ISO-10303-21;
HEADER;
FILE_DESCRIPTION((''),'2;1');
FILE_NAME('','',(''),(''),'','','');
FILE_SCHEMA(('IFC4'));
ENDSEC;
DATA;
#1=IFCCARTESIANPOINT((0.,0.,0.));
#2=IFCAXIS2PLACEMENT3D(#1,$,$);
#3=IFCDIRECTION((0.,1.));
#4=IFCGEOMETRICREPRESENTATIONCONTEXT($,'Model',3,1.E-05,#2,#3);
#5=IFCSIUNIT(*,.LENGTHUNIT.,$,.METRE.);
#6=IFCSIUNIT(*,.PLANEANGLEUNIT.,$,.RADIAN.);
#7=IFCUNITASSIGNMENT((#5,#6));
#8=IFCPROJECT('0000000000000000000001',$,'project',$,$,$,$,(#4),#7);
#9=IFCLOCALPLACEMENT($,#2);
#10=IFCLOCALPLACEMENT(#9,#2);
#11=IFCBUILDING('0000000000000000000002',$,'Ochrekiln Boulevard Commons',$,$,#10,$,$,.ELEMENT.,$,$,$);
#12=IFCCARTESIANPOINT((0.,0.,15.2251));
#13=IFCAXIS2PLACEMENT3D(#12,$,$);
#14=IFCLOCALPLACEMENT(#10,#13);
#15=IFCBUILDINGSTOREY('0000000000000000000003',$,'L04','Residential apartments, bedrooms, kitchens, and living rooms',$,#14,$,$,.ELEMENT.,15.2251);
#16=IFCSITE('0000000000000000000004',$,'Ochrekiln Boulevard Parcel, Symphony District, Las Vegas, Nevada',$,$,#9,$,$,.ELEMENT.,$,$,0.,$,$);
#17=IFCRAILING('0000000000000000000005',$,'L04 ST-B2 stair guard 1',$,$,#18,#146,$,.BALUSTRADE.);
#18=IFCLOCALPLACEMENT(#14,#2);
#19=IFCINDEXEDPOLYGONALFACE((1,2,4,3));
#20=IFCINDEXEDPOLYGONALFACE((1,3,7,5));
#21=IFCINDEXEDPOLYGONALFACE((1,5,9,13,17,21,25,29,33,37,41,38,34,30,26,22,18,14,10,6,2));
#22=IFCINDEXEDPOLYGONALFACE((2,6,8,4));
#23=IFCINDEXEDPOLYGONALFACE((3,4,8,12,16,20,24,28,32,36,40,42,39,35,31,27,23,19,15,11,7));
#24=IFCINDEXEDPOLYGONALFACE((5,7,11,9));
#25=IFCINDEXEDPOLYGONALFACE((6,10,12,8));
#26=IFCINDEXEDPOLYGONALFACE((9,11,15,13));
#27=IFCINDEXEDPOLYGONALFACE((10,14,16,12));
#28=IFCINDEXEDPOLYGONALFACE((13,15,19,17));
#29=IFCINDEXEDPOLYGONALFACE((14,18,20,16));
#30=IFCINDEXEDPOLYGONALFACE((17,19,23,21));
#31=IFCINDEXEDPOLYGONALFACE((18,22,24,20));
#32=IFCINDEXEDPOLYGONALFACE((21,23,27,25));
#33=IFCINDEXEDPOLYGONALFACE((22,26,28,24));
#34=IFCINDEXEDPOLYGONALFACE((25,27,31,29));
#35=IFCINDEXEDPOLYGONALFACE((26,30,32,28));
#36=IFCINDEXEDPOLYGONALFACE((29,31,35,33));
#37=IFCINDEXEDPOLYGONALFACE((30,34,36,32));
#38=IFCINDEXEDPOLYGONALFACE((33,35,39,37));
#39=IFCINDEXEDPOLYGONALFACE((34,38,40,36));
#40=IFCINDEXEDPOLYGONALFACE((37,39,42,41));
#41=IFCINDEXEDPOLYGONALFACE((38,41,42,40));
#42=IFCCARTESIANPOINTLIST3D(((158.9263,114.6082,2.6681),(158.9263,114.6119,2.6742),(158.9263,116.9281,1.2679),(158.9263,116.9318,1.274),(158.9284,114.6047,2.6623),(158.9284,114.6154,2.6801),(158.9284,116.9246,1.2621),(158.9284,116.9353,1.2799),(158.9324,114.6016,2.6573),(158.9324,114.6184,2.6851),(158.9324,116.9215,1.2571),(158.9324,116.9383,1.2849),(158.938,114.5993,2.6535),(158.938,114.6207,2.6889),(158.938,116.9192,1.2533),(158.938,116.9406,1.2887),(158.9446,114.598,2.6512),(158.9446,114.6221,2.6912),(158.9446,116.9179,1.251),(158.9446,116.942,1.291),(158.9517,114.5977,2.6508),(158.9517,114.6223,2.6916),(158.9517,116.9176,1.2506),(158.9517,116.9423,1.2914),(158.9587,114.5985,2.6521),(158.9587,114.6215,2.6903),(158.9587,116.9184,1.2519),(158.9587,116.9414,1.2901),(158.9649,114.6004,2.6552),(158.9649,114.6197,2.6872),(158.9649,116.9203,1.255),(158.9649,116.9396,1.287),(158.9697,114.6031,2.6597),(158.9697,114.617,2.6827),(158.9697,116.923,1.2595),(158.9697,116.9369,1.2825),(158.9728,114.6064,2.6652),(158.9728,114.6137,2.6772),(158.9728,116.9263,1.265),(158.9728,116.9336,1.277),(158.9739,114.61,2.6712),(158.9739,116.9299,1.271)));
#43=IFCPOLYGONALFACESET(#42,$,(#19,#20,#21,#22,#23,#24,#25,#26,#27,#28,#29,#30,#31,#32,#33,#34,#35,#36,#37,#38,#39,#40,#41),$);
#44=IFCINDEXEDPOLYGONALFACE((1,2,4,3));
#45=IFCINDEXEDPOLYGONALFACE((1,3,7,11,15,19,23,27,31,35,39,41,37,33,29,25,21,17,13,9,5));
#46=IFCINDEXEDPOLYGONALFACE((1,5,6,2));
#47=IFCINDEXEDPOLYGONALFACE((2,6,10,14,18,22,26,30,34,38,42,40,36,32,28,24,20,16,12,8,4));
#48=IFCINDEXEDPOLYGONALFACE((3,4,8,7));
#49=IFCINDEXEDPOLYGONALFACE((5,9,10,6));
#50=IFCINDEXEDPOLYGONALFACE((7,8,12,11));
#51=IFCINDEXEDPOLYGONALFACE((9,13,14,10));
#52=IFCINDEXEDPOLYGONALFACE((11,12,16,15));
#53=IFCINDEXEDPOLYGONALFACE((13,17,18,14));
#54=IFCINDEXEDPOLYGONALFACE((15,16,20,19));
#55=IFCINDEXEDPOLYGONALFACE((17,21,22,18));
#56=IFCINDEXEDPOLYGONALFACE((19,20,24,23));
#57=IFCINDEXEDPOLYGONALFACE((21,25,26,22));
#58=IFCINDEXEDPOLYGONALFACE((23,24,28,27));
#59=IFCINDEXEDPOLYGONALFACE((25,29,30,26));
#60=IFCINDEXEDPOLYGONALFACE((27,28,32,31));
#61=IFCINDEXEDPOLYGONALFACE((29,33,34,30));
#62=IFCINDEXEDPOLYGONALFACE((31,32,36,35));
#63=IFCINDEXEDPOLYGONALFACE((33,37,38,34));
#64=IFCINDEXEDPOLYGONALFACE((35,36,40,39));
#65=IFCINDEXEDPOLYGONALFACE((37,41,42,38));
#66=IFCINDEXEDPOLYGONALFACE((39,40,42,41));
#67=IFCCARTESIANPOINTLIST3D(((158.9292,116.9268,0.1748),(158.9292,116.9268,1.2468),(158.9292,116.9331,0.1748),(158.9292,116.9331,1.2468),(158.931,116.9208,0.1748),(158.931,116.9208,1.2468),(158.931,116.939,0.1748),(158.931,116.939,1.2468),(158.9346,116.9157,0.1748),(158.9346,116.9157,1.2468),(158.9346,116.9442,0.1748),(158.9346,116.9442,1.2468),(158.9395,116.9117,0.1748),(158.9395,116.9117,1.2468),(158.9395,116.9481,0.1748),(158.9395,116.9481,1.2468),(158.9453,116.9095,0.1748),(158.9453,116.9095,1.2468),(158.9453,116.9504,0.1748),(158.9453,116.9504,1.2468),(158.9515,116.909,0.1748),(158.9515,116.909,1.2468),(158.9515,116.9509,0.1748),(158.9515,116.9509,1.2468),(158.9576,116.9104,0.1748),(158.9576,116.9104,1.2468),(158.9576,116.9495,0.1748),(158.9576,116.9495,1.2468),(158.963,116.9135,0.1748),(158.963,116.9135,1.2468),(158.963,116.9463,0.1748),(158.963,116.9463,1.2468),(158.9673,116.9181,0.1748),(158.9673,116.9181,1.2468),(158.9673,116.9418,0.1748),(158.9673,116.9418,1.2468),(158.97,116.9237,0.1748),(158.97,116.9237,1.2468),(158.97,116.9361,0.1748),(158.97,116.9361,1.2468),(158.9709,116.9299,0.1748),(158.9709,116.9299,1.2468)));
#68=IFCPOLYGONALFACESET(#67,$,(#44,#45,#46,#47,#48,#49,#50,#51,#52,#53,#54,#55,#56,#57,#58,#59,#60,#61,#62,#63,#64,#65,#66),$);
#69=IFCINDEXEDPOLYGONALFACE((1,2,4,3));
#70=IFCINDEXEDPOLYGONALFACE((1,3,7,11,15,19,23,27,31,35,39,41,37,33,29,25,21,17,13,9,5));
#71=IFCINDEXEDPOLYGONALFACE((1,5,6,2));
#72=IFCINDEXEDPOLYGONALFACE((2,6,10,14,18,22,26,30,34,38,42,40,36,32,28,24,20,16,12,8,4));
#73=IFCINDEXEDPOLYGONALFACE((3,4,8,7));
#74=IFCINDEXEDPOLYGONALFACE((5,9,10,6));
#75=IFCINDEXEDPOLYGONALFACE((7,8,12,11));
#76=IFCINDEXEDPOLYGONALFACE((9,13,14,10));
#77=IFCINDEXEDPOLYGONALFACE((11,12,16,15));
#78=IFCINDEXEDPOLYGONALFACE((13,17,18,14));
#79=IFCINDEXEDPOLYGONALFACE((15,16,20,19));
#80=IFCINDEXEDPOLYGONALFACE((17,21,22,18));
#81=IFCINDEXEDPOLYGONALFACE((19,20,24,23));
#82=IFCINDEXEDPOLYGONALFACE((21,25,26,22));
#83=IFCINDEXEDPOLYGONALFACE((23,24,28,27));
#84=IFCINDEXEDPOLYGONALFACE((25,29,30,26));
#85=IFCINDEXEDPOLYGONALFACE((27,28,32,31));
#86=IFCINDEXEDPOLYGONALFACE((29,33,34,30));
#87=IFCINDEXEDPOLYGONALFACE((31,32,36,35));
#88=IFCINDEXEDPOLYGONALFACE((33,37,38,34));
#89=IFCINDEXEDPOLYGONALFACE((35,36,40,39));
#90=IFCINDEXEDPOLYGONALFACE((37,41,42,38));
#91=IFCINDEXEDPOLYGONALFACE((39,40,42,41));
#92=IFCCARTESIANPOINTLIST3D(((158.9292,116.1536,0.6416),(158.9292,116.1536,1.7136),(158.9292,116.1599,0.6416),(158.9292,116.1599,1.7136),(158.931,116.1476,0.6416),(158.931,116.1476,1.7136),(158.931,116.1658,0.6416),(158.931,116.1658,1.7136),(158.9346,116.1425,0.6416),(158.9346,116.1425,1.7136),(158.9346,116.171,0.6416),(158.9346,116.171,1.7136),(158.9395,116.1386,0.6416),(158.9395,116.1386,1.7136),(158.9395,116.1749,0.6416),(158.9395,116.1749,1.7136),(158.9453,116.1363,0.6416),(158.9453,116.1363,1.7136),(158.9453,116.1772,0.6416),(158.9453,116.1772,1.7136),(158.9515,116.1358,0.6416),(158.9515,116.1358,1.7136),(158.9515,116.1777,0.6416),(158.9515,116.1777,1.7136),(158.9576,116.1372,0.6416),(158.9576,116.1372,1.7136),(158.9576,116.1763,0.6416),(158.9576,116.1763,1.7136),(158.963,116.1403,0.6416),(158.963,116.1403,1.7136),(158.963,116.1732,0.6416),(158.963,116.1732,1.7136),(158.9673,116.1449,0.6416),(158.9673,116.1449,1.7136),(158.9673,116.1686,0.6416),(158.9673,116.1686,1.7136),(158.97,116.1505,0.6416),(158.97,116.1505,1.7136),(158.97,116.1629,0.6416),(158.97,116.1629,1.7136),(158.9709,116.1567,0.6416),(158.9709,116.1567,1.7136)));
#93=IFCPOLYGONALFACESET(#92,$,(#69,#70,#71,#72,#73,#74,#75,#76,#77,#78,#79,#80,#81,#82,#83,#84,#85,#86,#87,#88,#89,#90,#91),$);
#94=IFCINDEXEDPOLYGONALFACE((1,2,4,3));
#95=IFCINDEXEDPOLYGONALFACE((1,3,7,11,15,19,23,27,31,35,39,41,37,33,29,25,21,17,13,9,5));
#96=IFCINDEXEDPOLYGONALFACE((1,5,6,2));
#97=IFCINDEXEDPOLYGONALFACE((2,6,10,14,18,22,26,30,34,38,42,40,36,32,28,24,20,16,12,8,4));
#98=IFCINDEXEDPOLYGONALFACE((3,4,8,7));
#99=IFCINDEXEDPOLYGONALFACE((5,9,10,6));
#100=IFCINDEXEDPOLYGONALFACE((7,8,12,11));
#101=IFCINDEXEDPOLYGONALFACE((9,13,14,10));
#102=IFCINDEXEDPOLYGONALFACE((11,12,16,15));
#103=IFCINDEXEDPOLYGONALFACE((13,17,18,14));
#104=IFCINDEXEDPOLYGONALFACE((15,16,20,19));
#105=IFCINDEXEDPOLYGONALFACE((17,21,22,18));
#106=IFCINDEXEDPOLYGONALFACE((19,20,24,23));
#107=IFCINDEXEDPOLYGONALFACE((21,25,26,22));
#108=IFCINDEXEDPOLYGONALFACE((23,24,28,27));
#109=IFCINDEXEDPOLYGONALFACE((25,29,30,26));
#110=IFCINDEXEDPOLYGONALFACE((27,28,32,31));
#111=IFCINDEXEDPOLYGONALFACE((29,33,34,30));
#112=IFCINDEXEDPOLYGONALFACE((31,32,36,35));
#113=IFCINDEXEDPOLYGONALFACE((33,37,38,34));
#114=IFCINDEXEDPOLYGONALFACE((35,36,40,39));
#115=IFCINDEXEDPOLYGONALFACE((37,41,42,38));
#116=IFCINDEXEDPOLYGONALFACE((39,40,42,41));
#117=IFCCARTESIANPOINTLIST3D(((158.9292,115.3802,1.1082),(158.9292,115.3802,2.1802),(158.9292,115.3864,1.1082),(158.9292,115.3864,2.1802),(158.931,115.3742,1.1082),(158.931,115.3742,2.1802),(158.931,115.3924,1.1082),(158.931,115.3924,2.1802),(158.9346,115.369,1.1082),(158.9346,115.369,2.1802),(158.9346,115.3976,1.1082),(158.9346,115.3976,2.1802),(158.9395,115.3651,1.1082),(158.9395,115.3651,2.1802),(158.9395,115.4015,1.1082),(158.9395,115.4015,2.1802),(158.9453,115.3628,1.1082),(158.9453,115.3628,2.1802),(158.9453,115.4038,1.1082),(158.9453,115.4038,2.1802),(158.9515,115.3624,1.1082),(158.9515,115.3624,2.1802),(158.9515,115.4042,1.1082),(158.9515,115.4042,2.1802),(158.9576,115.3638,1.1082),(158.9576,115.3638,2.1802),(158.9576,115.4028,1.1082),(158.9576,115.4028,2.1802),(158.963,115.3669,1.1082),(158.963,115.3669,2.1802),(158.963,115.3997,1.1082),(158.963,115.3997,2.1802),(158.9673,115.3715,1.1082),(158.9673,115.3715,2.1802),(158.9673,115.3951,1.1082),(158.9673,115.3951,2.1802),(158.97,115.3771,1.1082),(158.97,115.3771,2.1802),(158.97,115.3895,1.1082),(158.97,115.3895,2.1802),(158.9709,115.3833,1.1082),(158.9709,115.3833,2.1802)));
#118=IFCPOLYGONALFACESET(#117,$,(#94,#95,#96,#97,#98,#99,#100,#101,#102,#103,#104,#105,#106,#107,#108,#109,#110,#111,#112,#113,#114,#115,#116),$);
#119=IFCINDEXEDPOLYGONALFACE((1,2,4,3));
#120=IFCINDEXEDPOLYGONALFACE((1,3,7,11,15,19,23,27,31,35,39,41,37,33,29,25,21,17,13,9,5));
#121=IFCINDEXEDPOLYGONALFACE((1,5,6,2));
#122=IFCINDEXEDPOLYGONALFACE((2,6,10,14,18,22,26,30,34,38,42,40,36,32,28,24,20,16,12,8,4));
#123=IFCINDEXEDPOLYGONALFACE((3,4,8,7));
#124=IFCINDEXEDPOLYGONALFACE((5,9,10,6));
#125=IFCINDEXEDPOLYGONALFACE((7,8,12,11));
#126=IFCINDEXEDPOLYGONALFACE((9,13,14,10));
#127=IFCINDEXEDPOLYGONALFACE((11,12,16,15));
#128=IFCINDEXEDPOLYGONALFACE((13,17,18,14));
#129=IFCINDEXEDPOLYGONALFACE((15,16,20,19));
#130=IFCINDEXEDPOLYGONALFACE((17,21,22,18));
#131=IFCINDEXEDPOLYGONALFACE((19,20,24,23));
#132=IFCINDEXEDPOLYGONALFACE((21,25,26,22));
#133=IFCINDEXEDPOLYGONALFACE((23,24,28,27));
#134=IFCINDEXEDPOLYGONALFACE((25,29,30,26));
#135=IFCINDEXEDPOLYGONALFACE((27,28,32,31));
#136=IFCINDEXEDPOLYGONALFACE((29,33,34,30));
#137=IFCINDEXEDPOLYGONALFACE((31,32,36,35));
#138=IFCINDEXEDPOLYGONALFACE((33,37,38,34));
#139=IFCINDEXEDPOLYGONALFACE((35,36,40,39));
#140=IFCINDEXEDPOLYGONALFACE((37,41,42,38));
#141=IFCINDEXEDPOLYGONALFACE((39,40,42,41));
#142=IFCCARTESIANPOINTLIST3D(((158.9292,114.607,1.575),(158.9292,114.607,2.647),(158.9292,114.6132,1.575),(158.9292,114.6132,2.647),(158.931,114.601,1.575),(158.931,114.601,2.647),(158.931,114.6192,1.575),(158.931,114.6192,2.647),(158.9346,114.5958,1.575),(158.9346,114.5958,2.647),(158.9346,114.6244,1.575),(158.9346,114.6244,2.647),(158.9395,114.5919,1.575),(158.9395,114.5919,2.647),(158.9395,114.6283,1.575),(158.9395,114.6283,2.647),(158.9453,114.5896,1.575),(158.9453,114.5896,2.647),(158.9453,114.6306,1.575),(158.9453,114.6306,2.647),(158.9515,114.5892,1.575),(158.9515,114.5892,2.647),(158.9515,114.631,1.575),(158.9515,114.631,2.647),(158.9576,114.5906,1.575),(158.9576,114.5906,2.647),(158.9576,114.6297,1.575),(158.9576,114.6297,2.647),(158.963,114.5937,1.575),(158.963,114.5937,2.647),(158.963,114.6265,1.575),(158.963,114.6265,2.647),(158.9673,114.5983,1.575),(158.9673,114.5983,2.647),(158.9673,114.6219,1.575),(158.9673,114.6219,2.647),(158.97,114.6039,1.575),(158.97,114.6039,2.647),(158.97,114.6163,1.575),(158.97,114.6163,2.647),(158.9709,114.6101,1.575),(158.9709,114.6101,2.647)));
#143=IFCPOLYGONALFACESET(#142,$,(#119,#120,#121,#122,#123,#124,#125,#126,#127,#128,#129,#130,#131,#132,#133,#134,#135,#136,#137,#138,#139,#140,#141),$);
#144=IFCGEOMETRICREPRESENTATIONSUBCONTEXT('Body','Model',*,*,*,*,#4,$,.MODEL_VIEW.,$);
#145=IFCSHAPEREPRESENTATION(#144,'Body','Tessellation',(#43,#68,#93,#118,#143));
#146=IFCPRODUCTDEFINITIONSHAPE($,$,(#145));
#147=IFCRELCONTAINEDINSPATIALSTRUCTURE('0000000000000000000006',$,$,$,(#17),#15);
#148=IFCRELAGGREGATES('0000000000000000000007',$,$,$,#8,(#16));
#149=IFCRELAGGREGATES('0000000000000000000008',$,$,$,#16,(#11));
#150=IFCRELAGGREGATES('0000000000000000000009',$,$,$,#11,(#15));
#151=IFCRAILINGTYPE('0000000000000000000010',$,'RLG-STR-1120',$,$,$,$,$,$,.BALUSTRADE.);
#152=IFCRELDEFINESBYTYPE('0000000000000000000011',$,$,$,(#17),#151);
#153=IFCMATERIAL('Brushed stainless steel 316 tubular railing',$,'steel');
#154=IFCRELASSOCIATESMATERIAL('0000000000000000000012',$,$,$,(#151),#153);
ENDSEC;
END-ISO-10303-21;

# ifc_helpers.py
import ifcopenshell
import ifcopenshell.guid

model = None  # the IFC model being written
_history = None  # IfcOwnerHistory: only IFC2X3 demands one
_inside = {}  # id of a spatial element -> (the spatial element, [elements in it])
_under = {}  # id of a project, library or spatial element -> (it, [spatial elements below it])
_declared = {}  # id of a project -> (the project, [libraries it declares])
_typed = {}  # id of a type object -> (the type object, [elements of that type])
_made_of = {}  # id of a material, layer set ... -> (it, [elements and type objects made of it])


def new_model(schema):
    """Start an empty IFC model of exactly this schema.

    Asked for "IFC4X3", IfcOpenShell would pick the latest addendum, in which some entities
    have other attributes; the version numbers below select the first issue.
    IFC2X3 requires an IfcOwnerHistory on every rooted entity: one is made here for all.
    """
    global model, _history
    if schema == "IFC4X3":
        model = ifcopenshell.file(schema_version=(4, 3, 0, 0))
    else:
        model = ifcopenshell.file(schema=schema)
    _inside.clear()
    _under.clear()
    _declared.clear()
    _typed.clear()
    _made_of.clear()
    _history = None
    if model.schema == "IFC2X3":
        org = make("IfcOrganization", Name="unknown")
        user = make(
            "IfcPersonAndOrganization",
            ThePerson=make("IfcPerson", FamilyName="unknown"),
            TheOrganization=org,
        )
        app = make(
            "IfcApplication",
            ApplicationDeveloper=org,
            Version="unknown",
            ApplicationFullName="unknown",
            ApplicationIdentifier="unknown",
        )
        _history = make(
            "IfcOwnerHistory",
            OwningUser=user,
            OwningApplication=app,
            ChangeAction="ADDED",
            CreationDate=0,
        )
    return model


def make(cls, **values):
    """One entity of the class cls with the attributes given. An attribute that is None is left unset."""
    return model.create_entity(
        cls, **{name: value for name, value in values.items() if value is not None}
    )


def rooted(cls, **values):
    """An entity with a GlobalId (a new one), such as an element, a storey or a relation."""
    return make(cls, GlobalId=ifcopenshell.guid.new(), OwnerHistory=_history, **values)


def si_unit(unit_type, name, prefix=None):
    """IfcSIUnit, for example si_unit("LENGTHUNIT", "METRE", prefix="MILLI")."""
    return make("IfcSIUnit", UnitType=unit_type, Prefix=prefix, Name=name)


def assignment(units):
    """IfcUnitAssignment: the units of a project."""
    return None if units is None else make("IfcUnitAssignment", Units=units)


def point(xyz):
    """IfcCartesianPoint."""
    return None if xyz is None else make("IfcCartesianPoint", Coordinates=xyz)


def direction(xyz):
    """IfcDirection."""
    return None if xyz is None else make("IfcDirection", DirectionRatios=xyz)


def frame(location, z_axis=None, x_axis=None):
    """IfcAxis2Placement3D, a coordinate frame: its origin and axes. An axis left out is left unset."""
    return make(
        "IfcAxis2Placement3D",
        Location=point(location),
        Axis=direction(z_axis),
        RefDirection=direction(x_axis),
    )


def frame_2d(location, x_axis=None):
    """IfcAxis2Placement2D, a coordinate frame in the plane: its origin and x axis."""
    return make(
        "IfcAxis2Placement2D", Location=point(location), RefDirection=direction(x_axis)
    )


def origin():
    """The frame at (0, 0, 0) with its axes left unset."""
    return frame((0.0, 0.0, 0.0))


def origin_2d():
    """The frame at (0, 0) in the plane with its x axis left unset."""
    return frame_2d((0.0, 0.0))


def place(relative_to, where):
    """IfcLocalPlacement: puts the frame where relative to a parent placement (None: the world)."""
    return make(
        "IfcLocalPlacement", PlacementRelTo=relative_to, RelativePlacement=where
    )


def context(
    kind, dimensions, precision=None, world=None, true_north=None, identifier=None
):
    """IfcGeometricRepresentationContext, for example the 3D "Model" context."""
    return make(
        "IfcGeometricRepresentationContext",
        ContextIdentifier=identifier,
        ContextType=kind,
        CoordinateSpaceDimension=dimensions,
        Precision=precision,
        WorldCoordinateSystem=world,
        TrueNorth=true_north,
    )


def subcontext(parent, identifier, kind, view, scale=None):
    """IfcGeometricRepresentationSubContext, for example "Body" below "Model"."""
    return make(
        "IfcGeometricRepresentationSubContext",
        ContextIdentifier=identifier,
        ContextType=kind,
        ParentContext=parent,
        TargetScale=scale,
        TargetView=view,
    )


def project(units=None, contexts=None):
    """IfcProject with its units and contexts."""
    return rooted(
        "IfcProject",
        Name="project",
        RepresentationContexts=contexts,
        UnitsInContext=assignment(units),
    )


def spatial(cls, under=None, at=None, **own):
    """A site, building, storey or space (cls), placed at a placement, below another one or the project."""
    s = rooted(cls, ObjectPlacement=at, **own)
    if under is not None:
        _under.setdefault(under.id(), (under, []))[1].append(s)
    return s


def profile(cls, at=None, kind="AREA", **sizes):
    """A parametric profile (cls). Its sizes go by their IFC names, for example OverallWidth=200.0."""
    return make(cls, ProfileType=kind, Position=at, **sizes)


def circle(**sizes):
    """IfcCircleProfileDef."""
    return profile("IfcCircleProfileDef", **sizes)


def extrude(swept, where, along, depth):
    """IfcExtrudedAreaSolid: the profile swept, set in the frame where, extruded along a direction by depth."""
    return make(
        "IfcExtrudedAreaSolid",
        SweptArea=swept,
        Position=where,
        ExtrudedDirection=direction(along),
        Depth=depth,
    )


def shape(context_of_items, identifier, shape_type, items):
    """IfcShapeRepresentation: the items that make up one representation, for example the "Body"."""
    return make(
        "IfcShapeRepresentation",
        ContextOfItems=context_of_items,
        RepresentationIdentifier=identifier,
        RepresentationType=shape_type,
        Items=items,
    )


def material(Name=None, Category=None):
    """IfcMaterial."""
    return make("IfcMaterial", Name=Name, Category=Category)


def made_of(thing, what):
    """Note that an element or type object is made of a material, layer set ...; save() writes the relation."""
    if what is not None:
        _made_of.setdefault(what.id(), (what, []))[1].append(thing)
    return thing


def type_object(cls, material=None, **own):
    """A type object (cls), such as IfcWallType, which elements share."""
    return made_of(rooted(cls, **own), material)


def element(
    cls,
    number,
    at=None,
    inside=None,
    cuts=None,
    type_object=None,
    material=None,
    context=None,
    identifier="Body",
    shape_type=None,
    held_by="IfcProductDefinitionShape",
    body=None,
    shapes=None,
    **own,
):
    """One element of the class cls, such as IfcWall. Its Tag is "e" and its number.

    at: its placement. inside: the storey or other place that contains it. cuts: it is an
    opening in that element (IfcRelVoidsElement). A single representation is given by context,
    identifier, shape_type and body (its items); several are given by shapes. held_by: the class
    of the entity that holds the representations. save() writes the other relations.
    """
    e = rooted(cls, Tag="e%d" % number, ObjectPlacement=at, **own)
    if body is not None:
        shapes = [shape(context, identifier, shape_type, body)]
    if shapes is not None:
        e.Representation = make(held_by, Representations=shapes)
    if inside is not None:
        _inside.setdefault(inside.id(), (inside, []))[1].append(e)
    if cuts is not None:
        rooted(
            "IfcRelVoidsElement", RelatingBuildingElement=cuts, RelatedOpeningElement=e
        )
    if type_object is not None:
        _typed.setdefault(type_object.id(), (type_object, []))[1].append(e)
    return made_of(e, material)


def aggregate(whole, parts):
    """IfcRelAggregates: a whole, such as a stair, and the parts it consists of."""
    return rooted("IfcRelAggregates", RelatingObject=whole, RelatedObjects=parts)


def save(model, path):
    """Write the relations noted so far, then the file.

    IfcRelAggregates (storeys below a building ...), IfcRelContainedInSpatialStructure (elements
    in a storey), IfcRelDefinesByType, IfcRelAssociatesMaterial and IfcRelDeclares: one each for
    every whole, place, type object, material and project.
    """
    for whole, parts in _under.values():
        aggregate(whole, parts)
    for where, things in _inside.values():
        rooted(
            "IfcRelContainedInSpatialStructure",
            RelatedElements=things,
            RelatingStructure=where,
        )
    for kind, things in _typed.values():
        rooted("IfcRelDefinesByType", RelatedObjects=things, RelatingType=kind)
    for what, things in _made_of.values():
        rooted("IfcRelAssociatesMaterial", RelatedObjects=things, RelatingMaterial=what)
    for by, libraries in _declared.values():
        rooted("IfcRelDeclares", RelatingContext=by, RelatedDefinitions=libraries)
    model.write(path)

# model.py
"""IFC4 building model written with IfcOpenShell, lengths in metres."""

from ifc_helpers import new_model, si_unit, direction, frame, origin, origin_2d, place, context, subcontext, project, spatial, circle, extrude, material, type_object, element, save


model = new_model("IFC4")

# Units and contexts
model_context = context("Model", 3, precision=1e-05, world=origin(), true_north=direction((0.0, 1.0)))
body_context = subcontext(model_context, "Body", "Model", "MODEL_VIEW")
ifc_project = project(units=[si_unit("LENGTHUNIT", "METRE"), si_unit("PLANEANGLEUNIT", "RADIAN")], contexts=[model_context])

# Site, building, storey
site_placement = place(None, origin())
site = spatial("IfcSite", under=ifc_project, at=site_placement, Name="Ochrekiln Boulevard Parcel, Symphony District, Las Vegas, Nevada", CompositionType="ELEMENT", RefElevation=0.0)
building_placement = place(site_placement, origin())
building = spatial("IfcBuilding", under=site, at=building_placement, Name="Ochrekiln Boulevard Commons", CompositionType="ELEMENT")
storey_placement = place(building_placement, frame((0.0, 0.0, 15.2251)))
storey = spatial("IfcBuildingStorey", under=building, at=storey_placement, Name="L04", Description="Residential apartments, bedrooms, kitchens, and living rooms", CompositionType="ELEMENT", Elevation=15.2251)

# Railing
ifc_material_1 = material(Name="Brushed stainless steel 316 tubular railing", Category="steel")
railing_type_1 = type_object("IfcRailingType", Name="RLG-STR-1120", PredefinedType="BALUSTRADE", material=ifc_material_1)
railing_1_placement = place(storey_placement, frame((158.95, 116.9299, 0.1748)))
element("IfcRailing", 1, at=railing_1_placement, inside=storey, type_object=railing_type_1, Name="L04 ST-B2 stair guard 1", PredefinedType="BALUSTRADE", context=body_context, shape_type="SweptSolid", body=[
    extrude(circle(Radius=0.0239, at=origin_2d()), frame((0.0, 0.0, 1.0962), z_axis=(0.0, -0.856146, 0.516733), x_axis=(1.0, 0.0, 0.0)), (0.0, 0.0, 1.0), 2.7097),
    extrude(circle(Radius=0.021, at=origin_2d()), origin(), (0.0, 0.0, 1.0), 1.072),
    extrude(circle(Radius=0.021, at=origin_2d()), frame((0.0, -0.7732, 0.4668)), (0.0, 0.0, 1.0), 1.072),
    extrude(circle(Radius=0.021, at=origin_2d()), frame((0.0, -1.5466, 0.9333)), (0.0, 0.0, 1.0), 1.072),
    extrude(circle(Radius=0.021, at=origin_2d()), frame((0.0, -2.3198, 1.4001)), (0.0, 0.0, 1.0), 1.072),
])

save(model, "model.ifc")
